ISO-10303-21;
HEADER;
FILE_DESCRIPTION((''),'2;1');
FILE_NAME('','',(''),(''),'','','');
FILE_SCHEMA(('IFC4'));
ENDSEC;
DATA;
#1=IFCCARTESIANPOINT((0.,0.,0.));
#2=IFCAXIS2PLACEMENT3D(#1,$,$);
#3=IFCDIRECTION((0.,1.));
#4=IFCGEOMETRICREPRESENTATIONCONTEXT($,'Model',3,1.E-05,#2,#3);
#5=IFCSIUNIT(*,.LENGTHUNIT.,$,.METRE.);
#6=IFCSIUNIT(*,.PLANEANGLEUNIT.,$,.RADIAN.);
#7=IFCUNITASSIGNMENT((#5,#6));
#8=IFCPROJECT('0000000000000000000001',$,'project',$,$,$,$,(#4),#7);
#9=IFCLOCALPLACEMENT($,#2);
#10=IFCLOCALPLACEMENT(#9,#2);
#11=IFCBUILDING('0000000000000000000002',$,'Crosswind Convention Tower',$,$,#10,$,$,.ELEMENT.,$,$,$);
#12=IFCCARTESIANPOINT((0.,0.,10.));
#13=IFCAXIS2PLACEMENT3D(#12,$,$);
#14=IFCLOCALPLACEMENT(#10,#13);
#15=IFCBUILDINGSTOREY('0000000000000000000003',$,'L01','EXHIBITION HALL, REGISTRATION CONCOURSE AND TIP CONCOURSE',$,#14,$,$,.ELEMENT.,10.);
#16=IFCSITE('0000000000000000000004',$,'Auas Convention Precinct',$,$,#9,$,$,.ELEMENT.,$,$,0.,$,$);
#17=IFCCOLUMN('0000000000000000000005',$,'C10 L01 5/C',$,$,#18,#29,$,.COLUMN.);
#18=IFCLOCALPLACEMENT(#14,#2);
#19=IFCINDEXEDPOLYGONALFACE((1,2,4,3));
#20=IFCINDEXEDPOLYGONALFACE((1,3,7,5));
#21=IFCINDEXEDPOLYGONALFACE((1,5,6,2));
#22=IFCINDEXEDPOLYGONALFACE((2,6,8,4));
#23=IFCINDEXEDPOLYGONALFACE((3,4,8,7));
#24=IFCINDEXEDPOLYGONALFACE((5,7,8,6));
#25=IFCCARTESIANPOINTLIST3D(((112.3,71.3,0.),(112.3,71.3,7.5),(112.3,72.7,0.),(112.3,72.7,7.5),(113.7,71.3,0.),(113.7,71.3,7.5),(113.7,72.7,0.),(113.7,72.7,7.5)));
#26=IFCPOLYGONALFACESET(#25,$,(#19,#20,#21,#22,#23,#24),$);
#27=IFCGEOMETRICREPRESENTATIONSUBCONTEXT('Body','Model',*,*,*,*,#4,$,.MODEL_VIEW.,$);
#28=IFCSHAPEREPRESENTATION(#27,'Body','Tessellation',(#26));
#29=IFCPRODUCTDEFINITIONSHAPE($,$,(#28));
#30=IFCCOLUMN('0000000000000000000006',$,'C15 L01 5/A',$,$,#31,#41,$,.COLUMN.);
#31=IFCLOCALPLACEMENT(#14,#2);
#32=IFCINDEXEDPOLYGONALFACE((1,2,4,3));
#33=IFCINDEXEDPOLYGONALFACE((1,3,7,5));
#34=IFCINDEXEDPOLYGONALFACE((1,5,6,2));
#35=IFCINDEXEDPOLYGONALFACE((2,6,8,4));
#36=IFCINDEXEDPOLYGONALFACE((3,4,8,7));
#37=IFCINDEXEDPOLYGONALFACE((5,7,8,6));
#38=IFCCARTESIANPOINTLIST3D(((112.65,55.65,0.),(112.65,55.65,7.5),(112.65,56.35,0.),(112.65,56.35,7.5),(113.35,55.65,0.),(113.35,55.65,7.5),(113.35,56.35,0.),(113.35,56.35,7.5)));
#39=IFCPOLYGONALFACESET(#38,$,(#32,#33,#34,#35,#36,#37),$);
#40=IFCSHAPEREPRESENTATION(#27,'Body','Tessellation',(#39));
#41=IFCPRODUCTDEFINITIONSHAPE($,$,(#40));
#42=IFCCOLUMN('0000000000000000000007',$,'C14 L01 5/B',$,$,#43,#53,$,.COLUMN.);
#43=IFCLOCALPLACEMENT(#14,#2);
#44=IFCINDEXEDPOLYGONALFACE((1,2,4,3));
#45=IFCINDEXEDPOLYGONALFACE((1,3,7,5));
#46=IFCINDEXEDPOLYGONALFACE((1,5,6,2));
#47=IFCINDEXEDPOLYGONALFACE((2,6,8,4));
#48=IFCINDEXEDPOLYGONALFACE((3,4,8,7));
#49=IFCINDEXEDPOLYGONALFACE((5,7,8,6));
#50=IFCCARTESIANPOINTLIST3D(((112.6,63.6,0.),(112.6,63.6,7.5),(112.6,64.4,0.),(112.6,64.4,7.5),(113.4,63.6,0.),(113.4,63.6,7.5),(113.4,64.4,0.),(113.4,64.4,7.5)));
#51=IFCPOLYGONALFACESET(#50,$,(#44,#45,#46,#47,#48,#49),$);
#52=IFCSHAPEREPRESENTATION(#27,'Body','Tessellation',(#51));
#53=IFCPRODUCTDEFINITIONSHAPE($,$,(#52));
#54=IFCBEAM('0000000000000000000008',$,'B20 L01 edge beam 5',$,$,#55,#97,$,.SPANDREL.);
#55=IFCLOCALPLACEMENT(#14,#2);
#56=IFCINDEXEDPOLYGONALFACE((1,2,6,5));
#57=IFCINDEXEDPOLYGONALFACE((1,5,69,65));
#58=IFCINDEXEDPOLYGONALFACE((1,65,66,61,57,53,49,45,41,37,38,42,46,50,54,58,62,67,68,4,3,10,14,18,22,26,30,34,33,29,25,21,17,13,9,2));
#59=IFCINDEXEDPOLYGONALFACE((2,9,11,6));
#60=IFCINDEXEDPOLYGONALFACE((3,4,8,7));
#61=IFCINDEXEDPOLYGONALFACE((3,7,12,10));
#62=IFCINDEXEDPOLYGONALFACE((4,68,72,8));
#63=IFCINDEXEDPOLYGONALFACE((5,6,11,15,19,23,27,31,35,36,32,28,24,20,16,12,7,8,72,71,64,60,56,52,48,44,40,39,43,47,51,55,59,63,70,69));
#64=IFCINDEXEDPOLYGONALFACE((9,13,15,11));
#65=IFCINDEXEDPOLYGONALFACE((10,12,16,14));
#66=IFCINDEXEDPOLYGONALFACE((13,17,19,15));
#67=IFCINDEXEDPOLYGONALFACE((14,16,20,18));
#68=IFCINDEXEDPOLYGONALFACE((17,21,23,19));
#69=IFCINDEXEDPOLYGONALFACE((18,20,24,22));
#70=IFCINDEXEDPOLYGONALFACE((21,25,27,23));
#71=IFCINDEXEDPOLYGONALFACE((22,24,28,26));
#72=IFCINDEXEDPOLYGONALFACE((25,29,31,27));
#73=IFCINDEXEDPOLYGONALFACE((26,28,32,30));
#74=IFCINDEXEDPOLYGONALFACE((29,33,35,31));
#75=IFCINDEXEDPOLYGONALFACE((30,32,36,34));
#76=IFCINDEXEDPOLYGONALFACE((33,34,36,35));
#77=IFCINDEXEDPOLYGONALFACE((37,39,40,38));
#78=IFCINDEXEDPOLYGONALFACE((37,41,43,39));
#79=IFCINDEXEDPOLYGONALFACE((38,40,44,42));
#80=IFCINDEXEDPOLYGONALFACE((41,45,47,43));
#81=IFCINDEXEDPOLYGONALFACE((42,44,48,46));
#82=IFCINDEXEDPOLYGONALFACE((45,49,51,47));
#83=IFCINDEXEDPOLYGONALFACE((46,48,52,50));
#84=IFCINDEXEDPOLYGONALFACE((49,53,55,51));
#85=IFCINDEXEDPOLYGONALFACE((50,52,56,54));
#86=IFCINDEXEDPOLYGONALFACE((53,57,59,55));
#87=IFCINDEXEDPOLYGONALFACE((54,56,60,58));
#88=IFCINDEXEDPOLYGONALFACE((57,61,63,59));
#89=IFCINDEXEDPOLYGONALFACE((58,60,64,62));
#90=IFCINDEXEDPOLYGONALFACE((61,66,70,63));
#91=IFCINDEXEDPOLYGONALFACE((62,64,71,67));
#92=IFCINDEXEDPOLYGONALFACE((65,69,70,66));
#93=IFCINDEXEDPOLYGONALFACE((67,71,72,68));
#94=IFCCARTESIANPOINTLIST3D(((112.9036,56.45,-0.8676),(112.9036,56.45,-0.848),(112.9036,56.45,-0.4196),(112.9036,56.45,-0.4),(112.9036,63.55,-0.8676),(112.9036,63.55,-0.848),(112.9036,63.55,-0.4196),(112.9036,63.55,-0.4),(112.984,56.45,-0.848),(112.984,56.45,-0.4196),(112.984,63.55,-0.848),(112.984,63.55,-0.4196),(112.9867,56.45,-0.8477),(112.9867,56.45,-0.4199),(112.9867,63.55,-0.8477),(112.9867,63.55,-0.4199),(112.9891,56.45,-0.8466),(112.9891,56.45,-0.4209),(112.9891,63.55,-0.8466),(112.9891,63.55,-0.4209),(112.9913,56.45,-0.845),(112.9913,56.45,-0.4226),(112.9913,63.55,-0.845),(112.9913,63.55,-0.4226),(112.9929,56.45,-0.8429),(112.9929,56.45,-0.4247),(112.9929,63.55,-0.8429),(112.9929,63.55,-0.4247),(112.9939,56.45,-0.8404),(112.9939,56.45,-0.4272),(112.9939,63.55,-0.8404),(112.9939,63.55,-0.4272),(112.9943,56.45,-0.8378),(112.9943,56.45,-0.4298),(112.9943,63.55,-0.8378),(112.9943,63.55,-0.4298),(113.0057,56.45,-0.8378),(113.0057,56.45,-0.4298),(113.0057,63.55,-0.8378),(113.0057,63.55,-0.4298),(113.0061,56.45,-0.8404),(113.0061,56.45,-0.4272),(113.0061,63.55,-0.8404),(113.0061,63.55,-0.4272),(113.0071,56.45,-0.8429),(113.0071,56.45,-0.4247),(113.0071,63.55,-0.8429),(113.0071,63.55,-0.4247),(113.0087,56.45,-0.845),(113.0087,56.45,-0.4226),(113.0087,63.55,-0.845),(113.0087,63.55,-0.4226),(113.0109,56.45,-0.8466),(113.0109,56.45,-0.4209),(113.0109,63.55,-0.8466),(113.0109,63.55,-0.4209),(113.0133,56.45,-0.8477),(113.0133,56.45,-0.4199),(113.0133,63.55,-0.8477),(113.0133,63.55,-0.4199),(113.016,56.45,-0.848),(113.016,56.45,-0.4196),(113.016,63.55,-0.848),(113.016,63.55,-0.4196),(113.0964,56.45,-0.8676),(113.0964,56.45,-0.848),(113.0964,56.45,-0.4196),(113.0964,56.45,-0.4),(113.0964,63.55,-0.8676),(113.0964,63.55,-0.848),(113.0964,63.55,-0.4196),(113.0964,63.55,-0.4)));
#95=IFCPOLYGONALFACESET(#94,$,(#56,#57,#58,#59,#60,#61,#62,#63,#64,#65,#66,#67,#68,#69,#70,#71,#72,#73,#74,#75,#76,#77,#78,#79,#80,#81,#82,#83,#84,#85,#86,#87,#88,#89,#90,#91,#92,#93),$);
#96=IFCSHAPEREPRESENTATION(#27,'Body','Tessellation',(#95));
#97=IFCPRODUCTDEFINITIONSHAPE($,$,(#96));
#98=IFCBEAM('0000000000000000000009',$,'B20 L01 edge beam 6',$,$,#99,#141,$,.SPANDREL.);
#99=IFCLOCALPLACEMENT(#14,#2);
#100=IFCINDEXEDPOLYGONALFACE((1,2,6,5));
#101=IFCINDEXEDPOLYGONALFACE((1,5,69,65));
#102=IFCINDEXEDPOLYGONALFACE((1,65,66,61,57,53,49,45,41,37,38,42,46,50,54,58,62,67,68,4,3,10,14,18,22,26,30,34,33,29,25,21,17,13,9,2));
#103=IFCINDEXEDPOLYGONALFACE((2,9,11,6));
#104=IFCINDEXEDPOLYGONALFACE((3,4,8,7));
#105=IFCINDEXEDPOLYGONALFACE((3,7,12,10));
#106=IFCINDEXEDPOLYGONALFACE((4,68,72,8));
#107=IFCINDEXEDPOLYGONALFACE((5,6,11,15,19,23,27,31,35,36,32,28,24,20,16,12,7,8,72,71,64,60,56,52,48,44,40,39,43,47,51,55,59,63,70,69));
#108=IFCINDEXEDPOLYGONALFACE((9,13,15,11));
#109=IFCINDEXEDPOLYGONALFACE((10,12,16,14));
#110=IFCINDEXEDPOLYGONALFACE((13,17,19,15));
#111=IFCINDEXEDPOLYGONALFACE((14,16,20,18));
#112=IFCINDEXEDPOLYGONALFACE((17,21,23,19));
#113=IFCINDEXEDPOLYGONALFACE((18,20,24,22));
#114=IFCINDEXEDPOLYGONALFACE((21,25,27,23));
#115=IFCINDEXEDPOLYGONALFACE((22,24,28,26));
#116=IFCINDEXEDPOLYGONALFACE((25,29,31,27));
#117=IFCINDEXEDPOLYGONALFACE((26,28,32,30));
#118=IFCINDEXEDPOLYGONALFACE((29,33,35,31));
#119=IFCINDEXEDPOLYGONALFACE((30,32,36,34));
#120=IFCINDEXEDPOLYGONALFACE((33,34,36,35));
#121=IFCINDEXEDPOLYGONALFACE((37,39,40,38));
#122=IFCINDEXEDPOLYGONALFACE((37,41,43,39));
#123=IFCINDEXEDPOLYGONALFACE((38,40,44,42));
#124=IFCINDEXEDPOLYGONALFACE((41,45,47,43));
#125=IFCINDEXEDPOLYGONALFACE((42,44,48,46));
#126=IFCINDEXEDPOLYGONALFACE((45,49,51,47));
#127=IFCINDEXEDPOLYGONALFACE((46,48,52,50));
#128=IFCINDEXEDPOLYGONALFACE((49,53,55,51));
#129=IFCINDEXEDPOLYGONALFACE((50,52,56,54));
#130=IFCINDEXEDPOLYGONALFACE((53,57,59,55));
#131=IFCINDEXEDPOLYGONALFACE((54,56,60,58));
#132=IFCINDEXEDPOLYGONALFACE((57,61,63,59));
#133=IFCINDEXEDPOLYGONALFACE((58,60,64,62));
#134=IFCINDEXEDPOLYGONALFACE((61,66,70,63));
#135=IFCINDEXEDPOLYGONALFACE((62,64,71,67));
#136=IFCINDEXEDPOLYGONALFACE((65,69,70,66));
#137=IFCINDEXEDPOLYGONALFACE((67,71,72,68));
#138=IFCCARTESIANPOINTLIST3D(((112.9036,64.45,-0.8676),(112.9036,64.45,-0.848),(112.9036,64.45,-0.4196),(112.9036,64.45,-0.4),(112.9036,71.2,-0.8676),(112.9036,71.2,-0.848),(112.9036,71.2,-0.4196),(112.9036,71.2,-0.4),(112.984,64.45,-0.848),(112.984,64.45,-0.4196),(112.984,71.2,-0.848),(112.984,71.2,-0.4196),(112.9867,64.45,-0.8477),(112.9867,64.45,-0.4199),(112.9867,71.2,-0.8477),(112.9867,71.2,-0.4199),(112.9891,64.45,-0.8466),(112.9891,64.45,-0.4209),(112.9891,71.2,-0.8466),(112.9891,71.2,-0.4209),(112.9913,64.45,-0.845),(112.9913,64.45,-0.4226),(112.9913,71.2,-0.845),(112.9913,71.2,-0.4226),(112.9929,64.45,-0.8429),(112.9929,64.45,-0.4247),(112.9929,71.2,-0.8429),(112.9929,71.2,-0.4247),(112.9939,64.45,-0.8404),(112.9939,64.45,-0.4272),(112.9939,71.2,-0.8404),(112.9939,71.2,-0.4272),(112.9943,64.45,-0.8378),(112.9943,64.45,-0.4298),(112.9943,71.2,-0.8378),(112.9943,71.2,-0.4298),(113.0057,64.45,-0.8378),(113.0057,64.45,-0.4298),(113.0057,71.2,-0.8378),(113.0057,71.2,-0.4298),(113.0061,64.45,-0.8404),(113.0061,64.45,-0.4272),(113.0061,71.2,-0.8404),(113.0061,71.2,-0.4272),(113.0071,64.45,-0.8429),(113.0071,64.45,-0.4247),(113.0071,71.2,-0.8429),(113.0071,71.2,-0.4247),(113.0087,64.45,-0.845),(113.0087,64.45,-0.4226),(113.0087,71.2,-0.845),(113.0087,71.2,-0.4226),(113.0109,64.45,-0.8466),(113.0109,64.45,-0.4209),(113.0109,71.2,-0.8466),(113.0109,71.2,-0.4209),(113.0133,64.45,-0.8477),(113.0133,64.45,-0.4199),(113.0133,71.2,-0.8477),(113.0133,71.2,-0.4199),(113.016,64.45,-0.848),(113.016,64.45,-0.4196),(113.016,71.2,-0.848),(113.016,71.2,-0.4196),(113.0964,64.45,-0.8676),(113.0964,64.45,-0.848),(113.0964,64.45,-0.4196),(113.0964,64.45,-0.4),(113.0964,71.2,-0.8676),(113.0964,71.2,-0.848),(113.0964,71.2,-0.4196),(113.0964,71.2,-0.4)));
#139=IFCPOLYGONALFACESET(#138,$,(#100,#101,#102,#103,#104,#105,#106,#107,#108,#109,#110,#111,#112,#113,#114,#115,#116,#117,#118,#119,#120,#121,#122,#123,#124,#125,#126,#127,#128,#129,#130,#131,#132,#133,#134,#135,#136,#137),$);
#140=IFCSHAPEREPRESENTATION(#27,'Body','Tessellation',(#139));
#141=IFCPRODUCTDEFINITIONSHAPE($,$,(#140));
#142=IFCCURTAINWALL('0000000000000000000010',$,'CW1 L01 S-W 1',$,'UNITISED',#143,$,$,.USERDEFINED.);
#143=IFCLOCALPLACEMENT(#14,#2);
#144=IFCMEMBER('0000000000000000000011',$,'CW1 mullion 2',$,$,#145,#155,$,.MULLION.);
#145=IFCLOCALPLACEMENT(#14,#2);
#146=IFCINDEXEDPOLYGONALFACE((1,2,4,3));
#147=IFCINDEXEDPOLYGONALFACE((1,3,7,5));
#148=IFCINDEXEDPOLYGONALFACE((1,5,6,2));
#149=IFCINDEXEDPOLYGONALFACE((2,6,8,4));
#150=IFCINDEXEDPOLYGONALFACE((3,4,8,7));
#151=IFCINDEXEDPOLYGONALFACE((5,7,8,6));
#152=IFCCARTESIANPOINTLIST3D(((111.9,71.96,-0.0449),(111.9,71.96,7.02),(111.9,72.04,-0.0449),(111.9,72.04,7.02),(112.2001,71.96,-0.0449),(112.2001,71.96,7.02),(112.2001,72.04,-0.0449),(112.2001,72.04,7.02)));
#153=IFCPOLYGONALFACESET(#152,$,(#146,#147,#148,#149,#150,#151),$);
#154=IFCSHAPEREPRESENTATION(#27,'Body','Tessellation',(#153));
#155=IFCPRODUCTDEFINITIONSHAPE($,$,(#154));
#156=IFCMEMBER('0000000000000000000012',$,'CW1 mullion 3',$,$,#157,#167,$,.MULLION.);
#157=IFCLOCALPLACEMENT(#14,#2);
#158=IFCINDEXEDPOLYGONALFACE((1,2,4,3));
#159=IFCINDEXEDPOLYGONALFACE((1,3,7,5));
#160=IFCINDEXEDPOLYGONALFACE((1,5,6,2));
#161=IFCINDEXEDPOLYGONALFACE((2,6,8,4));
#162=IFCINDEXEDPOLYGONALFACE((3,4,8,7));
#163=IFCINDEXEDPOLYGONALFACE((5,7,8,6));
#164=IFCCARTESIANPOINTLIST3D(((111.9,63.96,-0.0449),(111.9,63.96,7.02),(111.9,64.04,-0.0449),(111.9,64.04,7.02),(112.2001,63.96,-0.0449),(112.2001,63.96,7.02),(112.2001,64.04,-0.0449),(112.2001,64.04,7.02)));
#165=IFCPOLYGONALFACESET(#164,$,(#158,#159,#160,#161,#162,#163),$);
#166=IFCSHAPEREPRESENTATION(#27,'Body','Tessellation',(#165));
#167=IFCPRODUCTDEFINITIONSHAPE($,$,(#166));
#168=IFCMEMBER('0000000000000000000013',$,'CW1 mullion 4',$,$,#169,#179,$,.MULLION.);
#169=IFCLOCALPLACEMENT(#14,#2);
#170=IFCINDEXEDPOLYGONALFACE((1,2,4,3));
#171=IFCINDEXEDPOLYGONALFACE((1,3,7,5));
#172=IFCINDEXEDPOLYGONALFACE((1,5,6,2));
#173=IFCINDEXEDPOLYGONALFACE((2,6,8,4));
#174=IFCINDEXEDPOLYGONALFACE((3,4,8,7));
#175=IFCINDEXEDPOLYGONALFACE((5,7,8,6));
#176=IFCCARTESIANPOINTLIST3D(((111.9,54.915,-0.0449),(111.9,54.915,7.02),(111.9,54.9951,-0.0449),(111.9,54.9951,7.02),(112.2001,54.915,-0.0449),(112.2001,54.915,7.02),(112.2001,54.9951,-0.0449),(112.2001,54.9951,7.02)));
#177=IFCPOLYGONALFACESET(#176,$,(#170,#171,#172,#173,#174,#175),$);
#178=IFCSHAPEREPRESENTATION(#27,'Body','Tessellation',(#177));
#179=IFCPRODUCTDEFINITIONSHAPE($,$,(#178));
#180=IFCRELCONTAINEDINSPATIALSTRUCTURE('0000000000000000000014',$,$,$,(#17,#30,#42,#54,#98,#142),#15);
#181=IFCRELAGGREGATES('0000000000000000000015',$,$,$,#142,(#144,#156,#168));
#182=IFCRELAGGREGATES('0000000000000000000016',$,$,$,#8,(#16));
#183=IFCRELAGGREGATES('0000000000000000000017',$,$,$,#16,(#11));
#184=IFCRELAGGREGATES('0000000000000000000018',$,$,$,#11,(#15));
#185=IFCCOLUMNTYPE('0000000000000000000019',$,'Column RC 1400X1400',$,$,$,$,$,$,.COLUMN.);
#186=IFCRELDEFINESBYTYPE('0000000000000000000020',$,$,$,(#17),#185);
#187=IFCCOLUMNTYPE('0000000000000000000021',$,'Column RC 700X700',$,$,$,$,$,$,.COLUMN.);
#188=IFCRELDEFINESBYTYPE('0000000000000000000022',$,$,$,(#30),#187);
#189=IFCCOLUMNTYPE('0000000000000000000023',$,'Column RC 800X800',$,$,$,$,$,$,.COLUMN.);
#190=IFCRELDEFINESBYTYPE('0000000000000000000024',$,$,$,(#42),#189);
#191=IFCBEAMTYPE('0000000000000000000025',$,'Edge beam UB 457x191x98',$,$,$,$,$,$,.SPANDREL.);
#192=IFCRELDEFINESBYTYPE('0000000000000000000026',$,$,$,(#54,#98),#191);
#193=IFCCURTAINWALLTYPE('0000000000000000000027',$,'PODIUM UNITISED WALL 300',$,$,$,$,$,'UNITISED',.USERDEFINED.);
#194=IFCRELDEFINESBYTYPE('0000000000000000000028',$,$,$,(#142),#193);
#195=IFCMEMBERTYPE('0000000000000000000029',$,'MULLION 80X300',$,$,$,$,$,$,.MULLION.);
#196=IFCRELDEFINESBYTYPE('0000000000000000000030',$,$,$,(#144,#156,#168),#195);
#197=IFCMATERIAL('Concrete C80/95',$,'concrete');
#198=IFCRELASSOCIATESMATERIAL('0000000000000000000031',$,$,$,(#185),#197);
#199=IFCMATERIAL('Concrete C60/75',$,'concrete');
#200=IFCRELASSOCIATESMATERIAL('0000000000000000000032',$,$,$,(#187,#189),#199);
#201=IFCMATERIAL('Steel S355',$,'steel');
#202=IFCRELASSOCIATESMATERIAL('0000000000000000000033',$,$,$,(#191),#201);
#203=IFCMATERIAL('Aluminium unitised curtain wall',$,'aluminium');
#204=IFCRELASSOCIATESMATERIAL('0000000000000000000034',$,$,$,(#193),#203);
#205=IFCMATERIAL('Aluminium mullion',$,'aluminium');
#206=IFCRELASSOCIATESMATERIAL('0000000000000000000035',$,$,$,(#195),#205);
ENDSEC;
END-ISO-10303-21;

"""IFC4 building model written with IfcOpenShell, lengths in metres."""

from ifc_helpers import new_model, si_unit, direction, frame, origin, origin_2d, place, context, subcontext, project, spatial, rectangle, i_section, extrude, material, material_profile, profile_set, type_object, element, aggregate, save


model = new_model("IFC4")

# Units and contexts
model_context = context("Model", 3, precision=1e-05, world=origin(), true_north=direction((0.0, 1.0)))
body_context = subcontext(model_context, "Body", "Model", "MODEL_VIEW")
ifc_project = project(units=[si_unit("LENGTHUNIT", "METRE"), si_unit("PLANEANGLEUNIT", "RADIAN")], contexts=[model_context])

# Site, building, storey
site_placement = place(None, origin())
site = spatial("IfcSite", under=ifc_project, at=site_placement, Name="Auas Convention Precinct", CompositionType="ELEMENT", RefElevation=0.0)
building_placement = place(site_placement, origin())
building = spatial("IfcBuilding", under=site, at=building_placement, Name="Crosswind Convention Tower", CompositionType="ELEMENT")
storey_placement = place(building_placement, frame((0.0, 0.0, 10.0)))
storey = spatial("IfcBuildingStorey", under=building, at=storey_placement, Name="L01", Description="EXHIBITION HALL, REGISTRATION CONCOURSE AND TIP CONCOURSE", CompositionType="ELEMENT", Elevation=10.0)

# Columns
ifc_material_1 = material(Name="Concrete C80/95", Category="concrete")
ifc_material_profile_1 = material_profile(ifc_material_1, rectangle(XDim=1.3999, YDim=1.3999, at=origin_2d()), Name="RC 1400X1400")
ifc_profile_set_1 = profile_set([ifc_material_profile_1], Name="Concrete C80/95")
column_type_1 = type_object("IfcColumnType", Name="Column RC 1400X1400", PredefinedType="COLUMN", material=ifc_profile_set_1)
column_1_placement = place(storey_placement, frame((113.0, 72.0, 0.0), z_axis=(0.0, 0.0, 1.0), x_axis=(1.0, 0.0, 0.0)))
element("IfcColumn", 1, at=column_1_placement, inside=storey, type_object=column_type_1, Name="C10 L01 5/C", PredefinedType="COLUMN", context=body_context, shape_type="SweptSolid", body=[
    extrude(rectangle(XDim=1.3999, YDim=1.3999, at=origin_2d()), origin(), (0.0, 0.0, 1.0), 7.5),
])
ifc_material_2 = material(Name="Concrete C60/75", Category="concrete")
ifc_material_profile_2 = material_profile(ifc_material_2, rectangle(XDim=0.7, YDim=0.7, at=origin_2d()), Name="RC 700X700")
ifc_profile_set_2 = profile_set([ifc_material_profile_2], Name="Concrete C60/75")
column_type_2 = type_object("IfcColumnType", Name="Column RC 700X700", PredefinedType="COLUMN", material=ifc_profile_set_2)
column_2_placement = place(storey_placement, frame((113.0, 56.0, 0.0), z_axis=(0.0, 0.0, 1.0), x_axis=(1.0, 0.0, 0.0)))
element("IfcColumn", 2, at=column_2_placement, inside=storey, type_object=column_type_2, Name="C15 L01 5/A", PredefinedType="COLUMN", context=body_context, shape_type="SweptSolid", body=[
    extrude(rectangle(XDim=0.7, YDim=0.7, at=origin_2d()), origin(), (0.0, 0.0, 1.0), 7.5),
])
ifc_material_profile_3 = material_profile(ifc_material_2, rectangle(XDim=0.8, YDim=0.8, at=origin_2d()), Name="RC 800X800")
ifc_profile_set_3 = profile_set([ifc_material_profile_3], Name="Concrete C60/75")
column_type_3 = type_object("IfcColumnType", Name="Column RC 800X800", PredefinedType="COLUMN", material=ifc_profile_set_3)
column_3_placement = place(storey_placement, frame((113.0, 64.0, 0.0), z_axis=(0.0, 0.0, 1.0), x_axis=(1.0, 0.0, 0.0)))
element("IfcColumn", 3, at=column_3_placement, inside=storey, type_object=column_type_3, Name="C14 L01 5/B", PredefinedType="COLUMN", context=body_context, shape_type="SweptSolid", body=[
    extrude(rectangle(XDim=0.8, YDim=0.8, at=origin_2d()), origin(), (0.0, 0.0, 1.0), 7.5),
])

# Beams
ifc_material_3 = material(Name="Steel S355", Category="steel")
ifc_material_profile_4 = material_profile(ifc_material_3, i_section(OverallWidth=0.1929, OverallDepth=0.4675, WebThickness=0.0115, FlangeThickness=0.0195, FilletRadius=0.0103, at=origin_2d()), Name="UB 457x191x98")
ifc_profile_set_4 = profile_set([ifc_material_profile_4], Name="Steel S355")
beam_type_1 = type_object("IfcBeamType", Name="Edge beam UB 457x191x98", PredefinedType="SPANDREL", material=ifc_profile_set_4)
beam_1_placement = place(storey_placement, frame((113.0, 56.45, -0.6338), z_axis=(0.0, 1.0, 0.0), x_axis=(-1.0, 0.0, 0.0)))
element("IfcBeam", 4, at=beam_1_placement, inside=storey, type_object=beam_type_1, Name="B20 L01 edge beam 5", PredefinedType="SPANDREL", context=body_context, shape_type="SweptSolid", body=[
    extrude(i_section(OverallWidth=0.1929, OverallDepth=0.4675, WebThickness=0.0115, FlangeThickness=0.0195, FilletRadius=0.0103, at=origin_2d()), origin(), (0.0, 0.0, 1.0), 7.1001),
])
beam_2_placement = place(storey_placement, frame((113.0, 64.45, -0.6338), z_axis=(0.0, 1.0, 0.0), x_axis=(-1.0, 0.0, 0.0)))
element("IfcBeam", 5, at=beam_2_placement, inside=storey, type_object=beam_type_1, Name="B20 L01 edge beam 6", PredefinedType="SPANDREL", context=body_context, shape_type="SweptSolid", body=[
    extrude(i_section(OverallWidth=0.1929, OverallDepth=0.4675, WebThickness=0.0115, FlangeThickness=0.0195, FilletRadius=0.0103, at=origin_2d()), origin(), (0.0, 0.0, 1.0), 6.75),
])

# Curtain wall, members
ifc_material_4 = material(Name="Aluminium unitised curtain wall", Category="aluminium")
curtain_wall_type = type_object("IfcCurtainWallType", Name="PODIUM UNITISED WALL 300", ElementType="UNITISED", PredefinedType="USERDEFINED", material=ifc_material_4)
curtain_wall_placement = place(storey_placement, origin())
curtain_wall = element("IfcCurtainWall", 6, at=curtain_wall_placement, inside=storey, type_object=curtain_wall_type, Name="CW1 L01 S-W 1", ObjectType="UNITISED", PredefinedType="USERDEFINED")
ifc_material_5 = material(Name="Aluminium mullion", Category="aluminium")
ifc_material_profile_5 = material_profile(ifc_material_5, rectangle(XDim=0.3, YDim=0.0801, at=origin_2d()), Name="AL 300X80")
ifc_profile_set_5 = profile_set([ifc_material_profile_5], Name="Aluminium mullion")
member_type = type_object("IfcMemberType", Name="MULLION 80X300", PredefinedType="MULLION", material=ifc_profile_set_5)
member_1_placement = place(storey_placement, frame((112.05, 72.0, -0.0449), z_axis=(0.0, 0.0, 1.0), x_axis=(-1.0, 0.0, 0.0)))
member_1 = element("IfcMember", 7, at=member_1_placement, type_object=member_type, Name="CW1 mullion 2", PredefinedType="MULLION", context=body_context, shape_type="SweptSolid", body=[
    extrude(rectangle(XDim=0.3, YDim=0.0801, at=origin_2d()), origin(), (0.0, 0.0, 1.0), 7.0649),
])
member_2_placement = place(storey_placement, frame((112.05, 64.0, -0.0449), z_axis=(0.0, 0.0, 1.0), x_axis=(-1.0, 0.0, 0.0)))
member_2 = element("IfcMember", 8, at=member_2_placement, type_object=member_type, Name="CW1 mullion 3", PredefinedType="MULLION", context=body_context, shape_type="SweptSolid", body=[
    extrude(rectangle(XDim=0.3, YDim=0.0801, at=origin_2d()), origin(), (0.0, 0.0, 1.0), 7.0649),
])
member_3_placement = place(storey_placement, frame((112.05, 54.9551, -0.0449), z_axis=(0.0, 0.0, 1.0), x_axis=(-1.0, 0.0, 0.0)))
member_3 = element("IfcMember", 9, at=member_3_placement, type_object=member_type, Name="CW1 mullion 4", PredefinedType="MULLION", context=body_context, shape_type="SweptSolid", body=[
    extrude(rectangle(XDim=0.3, YDim=0.0801, at=origin_2d()), origin(), (0.0, 0.0, 1.0), 7.0649),
])

aggregate(curtain_wall, [member_1, member_2, member_3])

save(model, "model.ifc")
